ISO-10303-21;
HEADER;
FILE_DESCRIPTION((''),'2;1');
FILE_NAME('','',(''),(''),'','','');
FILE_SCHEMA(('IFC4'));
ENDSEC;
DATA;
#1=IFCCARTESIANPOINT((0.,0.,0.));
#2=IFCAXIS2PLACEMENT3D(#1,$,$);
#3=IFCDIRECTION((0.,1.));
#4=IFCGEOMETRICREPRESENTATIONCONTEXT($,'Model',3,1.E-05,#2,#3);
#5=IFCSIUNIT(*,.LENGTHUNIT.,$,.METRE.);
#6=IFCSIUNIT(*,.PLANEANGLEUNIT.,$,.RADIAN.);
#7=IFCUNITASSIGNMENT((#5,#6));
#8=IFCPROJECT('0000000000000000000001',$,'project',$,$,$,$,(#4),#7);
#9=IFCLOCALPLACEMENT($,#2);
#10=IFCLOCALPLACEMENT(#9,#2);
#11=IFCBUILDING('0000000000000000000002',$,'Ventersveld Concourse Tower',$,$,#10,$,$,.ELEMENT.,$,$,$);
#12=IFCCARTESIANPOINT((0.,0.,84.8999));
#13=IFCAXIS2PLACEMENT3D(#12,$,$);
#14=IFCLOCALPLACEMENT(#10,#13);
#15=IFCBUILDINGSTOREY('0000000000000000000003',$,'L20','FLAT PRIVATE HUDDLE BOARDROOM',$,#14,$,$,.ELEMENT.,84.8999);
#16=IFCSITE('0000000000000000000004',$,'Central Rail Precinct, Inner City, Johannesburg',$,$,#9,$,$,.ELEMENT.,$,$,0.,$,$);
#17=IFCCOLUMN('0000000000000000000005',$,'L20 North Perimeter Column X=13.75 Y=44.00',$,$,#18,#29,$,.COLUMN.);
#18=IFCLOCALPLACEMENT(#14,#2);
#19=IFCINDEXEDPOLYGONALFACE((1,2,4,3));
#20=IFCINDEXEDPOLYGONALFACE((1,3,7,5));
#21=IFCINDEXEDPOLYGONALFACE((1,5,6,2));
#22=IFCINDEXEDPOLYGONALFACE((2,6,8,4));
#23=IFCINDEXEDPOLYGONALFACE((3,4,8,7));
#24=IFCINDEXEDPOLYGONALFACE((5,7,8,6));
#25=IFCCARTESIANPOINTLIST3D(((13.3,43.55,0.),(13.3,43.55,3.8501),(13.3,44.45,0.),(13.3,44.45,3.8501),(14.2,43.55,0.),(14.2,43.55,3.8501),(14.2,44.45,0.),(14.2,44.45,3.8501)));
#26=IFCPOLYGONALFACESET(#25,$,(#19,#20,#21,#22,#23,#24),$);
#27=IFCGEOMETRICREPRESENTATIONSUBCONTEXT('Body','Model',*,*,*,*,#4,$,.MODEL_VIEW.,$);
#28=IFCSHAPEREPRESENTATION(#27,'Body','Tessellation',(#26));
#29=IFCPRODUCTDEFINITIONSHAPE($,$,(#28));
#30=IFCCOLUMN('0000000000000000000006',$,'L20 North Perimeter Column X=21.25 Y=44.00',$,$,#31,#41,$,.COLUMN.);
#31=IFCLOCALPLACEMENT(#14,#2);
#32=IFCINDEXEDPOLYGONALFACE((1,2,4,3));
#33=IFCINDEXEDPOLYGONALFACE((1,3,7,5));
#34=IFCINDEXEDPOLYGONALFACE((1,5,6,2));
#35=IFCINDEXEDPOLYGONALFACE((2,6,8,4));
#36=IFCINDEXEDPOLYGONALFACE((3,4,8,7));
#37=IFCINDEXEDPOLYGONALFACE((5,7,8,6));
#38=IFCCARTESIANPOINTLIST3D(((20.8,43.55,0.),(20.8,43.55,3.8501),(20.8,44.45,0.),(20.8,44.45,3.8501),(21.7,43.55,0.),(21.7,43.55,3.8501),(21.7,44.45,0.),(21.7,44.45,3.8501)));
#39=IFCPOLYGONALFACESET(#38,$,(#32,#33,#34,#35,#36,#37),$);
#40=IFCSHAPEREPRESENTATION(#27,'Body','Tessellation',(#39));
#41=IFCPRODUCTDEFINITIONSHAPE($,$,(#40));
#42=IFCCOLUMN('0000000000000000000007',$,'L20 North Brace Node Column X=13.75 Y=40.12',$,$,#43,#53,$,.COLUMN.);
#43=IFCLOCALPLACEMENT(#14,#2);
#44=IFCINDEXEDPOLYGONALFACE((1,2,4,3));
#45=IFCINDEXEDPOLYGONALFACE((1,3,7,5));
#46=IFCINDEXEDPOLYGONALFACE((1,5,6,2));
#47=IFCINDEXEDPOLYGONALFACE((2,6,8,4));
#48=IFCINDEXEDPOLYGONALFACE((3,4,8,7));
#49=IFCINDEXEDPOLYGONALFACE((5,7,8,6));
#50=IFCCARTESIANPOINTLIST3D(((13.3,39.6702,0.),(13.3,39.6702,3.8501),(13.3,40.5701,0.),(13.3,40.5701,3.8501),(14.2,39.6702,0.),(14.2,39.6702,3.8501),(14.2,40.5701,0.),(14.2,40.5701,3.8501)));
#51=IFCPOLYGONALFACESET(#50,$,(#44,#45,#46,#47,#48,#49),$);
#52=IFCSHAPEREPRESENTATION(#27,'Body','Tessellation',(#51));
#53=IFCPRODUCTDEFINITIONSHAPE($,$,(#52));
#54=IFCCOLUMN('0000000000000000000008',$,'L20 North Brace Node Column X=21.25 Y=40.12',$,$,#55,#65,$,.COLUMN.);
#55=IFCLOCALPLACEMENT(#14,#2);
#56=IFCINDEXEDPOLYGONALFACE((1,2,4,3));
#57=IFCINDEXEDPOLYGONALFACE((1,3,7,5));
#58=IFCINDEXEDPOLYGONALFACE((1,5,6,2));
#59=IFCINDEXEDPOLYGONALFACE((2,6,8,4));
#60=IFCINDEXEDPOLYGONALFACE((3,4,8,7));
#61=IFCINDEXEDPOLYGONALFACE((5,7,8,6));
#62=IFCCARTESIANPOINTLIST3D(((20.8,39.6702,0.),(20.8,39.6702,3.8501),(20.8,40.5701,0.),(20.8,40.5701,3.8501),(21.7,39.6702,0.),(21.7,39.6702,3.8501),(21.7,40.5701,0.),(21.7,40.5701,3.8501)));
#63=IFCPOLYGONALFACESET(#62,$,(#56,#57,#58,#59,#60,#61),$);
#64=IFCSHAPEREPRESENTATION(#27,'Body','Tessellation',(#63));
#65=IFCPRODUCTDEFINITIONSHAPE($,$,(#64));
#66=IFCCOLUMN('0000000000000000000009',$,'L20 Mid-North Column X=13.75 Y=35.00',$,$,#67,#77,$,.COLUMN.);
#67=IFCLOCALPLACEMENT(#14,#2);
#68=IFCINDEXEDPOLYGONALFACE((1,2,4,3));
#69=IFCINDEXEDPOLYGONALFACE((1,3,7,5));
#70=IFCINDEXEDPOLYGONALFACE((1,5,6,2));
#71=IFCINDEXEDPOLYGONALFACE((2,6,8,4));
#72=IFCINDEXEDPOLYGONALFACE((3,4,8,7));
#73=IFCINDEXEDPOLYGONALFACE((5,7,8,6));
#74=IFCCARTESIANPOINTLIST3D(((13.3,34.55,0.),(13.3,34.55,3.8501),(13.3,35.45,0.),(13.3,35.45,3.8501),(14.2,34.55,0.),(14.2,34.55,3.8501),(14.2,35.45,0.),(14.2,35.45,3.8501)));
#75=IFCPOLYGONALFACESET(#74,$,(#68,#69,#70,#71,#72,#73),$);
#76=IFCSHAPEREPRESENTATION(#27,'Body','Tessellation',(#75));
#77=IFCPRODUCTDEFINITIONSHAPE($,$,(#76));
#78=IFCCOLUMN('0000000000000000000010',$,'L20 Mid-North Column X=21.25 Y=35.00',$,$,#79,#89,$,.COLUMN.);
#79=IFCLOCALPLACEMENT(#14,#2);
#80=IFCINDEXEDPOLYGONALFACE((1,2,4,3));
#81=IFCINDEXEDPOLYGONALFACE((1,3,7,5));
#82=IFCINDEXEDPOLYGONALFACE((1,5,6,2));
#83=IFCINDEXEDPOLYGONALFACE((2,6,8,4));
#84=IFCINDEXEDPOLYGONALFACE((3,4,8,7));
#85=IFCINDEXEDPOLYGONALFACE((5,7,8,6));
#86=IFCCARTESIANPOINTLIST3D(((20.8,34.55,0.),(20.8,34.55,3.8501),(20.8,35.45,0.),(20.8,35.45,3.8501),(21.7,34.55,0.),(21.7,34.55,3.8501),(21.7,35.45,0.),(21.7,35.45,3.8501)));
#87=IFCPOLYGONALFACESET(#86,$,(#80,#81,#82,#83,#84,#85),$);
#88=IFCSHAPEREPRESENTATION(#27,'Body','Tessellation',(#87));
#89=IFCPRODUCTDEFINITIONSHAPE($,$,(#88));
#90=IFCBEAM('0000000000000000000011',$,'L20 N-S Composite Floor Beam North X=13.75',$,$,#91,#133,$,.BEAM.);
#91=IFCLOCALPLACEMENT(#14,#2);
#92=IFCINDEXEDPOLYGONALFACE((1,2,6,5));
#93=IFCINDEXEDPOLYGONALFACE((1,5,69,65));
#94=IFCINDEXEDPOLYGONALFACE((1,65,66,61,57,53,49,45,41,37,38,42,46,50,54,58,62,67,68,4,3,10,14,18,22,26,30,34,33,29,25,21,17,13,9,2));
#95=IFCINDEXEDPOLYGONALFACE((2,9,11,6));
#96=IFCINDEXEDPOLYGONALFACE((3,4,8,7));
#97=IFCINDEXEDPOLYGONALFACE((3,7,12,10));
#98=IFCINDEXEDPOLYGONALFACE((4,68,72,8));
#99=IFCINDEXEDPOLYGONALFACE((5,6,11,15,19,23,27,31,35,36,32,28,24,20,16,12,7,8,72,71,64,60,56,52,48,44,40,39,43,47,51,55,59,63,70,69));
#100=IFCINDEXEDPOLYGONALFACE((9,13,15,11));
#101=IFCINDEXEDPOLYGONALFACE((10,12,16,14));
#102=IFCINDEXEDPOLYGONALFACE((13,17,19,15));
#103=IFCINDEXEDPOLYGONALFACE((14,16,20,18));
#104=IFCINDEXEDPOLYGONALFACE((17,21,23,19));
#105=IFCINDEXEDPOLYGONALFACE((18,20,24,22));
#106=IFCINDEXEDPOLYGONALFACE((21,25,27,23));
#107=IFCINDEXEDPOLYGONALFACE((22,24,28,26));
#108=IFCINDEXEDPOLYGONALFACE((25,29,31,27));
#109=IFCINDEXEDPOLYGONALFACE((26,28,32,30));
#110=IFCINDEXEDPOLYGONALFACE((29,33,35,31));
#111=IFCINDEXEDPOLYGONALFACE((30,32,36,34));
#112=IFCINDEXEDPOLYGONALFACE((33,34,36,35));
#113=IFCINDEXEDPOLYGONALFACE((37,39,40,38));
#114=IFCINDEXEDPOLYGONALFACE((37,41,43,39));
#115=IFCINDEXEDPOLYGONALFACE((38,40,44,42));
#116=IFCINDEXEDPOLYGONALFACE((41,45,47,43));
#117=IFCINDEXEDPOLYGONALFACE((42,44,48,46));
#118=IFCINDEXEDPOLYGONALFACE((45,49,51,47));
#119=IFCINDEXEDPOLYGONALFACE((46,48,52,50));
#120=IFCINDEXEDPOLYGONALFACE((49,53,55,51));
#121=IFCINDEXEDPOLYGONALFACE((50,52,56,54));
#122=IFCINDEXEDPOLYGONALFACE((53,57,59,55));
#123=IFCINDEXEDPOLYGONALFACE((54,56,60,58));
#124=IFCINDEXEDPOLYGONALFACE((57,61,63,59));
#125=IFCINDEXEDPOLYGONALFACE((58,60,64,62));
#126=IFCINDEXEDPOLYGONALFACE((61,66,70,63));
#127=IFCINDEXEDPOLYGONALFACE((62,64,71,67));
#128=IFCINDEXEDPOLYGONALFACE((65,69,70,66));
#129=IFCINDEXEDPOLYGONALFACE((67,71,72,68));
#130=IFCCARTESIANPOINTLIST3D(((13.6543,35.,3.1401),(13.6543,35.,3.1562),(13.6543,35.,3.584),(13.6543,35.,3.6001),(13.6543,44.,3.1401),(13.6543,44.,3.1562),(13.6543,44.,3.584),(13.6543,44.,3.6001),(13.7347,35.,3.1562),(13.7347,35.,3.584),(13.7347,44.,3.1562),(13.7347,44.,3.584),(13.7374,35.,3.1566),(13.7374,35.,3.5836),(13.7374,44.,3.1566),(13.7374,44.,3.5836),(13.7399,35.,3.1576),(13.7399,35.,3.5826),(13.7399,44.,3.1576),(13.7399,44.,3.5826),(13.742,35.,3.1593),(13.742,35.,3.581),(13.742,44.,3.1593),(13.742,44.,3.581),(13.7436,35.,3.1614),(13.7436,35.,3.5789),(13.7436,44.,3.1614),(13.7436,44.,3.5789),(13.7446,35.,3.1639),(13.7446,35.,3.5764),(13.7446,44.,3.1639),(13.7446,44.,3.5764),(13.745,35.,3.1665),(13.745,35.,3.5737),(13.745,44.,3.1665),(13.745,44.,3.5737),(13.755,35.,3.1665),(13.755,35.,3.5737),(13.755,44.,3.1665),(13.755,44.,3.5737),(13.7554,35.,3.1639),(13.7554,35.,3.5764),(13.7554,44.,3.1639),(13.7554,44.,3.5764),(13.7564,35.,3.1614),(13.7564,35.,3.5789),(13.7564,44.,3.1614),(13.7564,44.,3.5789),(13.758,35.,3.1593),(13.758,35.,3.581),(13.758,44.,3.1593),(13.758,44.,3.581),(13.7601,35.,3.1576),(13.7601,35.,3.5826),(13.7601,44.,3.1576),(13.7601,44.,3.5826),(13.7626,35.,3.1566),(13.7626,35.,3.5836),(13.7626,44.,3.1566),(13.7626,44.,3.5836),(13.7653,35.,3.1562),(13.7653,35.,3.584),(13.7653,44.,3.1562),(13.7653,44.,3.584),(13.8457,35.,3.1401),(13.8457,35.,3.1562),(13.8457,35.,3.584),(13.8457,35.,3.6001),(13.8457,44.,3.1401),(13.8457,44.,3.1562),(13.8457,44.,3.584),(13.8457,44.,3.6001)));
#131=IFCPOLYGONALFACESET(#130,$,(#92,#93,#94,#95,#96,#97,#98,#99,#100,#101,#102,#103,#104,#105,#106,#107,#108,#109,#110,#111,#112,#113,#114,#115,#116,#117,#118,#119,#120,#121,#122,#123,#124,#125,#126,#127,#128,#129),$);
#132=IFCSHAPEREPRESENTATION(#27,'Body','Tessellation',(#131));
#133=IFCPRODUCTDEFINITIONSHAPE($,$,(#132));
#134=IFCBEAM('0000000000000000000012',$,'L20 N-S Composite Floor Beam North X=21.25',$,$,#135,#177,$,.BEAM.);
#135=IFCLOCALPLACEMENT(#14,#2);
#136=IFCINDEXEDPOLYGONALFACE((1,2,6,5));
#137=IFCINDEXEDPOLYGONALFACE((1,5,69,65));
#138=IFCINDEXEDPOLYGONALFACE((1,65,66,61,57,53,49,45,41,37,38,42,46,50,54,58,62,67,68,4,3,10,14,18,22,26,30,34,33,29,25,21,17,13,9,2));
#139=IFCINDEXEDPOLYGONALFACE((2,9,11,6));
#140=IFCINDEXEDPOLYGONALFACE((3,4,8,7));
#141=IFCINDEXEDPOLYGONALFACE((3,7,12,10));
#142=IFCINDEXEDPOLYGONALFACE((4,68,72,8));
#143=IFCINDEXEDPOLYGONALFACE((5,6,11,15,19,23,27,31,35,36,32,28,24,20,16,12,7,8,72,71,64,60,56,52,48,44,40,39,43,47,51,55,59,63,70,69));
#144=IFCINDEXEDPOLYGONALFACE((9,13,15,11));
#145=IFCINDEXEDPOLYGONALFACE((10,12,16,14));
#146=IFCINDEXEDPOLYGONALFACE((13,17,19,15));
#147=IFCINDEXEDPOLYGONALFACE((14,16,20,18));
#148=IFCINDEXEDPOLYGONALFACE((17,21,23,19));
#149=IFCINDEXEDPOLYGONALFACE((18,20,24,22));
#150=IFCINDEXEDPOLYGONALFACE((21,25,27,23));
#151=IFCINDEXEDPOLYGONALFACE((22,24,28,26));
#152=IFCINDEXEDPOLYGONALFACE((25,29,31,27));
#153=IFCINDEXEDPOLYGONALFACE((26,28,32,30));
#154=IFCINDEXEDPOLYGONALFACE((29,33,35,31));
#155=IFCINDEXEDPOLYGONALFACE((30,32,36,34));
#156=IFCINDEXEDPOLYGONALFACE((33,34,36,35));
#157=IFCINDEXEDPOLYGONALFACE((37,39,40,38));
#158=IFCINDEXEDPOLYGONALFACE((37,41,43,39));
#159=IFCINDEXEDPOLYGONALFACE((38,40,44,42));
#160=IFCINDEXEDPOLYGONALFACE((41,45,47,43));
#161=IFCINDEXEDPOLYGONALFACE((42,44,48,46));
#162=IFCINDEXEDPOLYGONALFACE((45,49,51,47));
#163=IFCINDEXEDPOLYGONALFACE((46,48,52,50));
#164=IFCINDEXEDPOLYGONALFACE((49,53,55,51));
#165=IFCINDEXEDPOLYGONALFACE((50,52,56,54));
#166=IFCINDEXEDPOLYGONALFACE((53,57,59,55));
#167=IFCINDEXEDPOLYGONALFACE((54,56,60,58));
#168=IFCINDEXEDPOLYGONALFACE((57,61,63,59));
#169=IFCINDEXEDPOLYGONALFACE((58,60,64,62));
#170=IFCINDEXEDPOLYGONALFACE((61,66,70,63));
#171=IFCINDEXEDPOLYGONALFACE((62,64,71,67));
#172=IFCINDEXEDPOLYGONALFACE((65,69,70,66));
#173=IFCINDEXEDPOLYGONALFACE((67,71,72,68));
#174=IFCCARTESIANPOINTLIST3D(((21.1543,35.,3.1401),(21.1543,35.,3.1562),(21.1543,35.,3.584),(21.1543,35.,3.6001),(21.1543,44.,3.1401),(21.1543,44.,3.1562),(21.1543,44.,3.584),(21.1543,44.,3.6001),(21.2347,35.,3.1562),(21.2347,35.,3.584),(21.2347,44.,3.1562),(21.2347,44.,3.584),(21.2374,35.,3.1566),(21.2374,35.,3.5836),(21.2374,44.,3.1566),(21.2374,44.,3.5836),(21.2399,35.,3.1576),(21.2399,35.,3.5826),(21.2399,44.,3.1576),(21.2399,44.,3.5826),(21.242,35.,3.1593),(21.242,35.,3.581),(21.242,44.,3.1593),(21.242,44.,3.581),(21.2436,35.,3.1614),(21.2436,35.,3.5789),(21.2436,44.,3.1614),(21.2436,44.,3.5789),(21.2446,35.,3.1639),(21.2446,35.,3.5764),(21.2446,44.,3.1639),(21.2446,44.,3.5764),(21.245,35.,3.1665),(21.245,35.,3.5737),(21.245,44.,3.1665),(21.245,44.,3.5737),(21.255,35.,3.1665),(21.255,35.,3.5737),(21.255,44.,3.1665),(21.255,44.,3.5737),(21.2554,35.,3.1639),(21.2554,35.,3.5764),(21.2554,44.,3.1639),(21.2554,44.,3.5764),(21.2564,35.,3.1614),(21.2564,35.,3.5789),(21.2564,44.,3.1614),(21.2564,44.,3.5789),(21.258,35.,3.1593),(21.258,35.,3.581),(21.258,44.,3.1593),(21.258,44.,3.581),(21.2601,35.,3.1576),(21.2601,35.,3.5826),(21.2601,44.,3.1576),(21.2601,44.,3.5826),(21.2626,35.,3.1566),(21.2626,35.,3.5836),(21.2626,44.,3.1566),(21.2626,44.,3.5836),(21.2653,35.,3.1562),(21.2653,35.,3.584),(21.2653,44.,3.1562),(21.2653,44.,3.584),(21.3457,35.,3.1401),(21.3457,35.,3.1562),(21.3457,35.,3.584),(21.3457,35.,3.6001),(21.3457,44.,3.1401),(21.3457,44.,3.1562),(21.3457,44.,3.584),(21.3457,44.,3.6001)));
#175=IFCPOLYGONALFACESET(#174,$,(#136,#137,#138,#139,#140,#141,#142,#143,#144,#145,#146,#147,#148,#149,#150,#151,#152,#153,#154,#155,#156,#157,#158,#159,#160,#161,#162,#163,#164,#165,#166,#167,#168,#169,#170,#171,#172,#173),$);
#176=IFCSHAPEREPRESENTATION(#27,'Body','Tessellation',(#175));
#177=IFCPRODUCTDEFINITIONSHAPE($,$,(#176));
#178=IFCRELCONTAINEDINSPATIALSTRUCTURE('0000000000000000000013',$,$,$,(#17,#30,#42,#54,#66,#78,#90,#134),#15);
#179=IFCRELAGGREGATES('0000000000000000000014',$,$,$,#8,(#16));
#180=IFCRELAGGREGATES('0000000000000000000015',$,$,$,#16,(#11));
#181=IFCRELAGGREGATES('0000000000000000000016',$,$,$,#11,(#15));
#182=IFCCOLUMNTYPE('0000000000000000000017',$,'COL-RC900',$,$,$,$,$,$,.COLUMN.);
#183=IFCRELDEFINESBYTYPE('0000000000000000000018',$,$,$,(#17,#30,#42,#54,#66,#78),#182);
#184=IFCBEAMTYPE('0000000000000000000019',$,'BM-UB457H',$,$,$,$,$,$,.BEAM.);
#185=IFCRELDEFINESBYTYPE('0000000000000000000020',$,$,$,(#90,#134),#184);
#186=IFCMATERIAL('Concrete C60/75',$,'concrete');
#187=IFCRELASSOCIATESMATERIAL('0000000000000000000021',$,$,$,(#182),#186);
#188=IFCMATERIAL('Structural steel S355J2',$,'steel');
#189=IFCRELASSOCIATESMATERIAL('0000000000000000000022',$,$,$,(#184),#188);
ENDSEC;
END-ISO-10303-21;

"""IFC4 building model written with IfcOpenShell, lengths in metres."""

from ifc_helpers import new_model, si_unit, direction, frame, origin, origin_2d, place, context, subcontext, project, spatial, rectangle, i_section, extrude, material, material_profile, profile_set, type_object, element, save


model = new_model("IFC4")

# Units and contexts
model_context = context("Model", 3, precision=1e-05, world=origin(), true_north=direction((0.0, 1.0)))
body_context = subcontext(model_context, "Body", "Model", "MODEL_VIEW")
ifc_project = project(units=[si_unit("LENGTHUNIT", "METRE"), si_unit("PLANEANGLEUNIT", "RADIAN")], contexts=[model_context])

# Site, building, storey
site_placement = place(None, origin())
site = spatial("IfcSite", under=ifc_project, at=site_placement, Name="Central Rail Precinct, Inner City, Johannesburg", CompositionType="ELEMENT", RefElevation=0.0)
building_placement = place(site_placement, origin())
building = spatial("IfcBuilding", under=site, at=building_placement, Name="Ventersveld Concourse Tower", CompositionType="ELEMENT")
storey_placement = place(building_placement, frame((0.0, 0.0, 84.8999)))
storey = spatial("IfcBuildingStorey", under=building, at=storey_placement, Name="L20", Description="FLAT PRIVATE HUDDLE BOARDROOM", CompositionType="ELEMENT", Elevation=84.8999)

# Columns
ifc_material_1 = material(Name="Concrete C60/75", Category="concrete")
ifc_material_profile_1 = material_profile(ifc_material_1, rectangle(XDim=0.8999, YDim=0.8999, at=origin_2d()), Name="RC 900x900")
ifc_profile_set_1 = profile_set([ifc_material_profile_1], Name="Concrete C60/75")
column_type = type_object("IfcColumnType", Name="COL-RC900", PredefinedType="COLUMN", material=ifc_profile_set_1)
for number, where, z_axis, x_axis, name in (
    (1, (13.75, 44.0, 0.0), (0.0, 0.0, 1.0), (1.0, 0.0, 0.0), "L20 North Perimeter Column X=13.75 Y=44.00"),
    (2, (21.25, 44.0, 0.0), (0.0, 0.0, 1.0), (1.0, 0.0, 0.0), "L20 North Perimeter Column X=21.25 Y=44.00"),
    (3, (13.75, 40.1201, 0.0), (0.0, 0.0, 1.0), (1.0, 0.0, 0.0), "L20 North Brace Node Column X=13.75 Y=40.12"),
    (4, (21.25, 40.1201, 0.0), (0.0, 0.0, 1.0), (1.0, 0.0, 0.0), "L20 North Brace Node Column X=21.25 Y=40.12"),
    (5, (13.75, 35.0, 0.0), (0.0, 0.0, 1.0), (1.0, 0.0, 0.0), "L20 Mid-North Column X=13.75 Y=35.00"),
    (6, (21.25, 35.0, 0.0), (0.0, 0.0, 1.0), (1.0, 0.0, 0.0), "L20 Mid-North Column X=21.25 Y=35.00"),
):
    element("IfcColumn", number, at=place(storey_placement, frame(where, z_axis=z_axis, x_axis=x_axis)), inside=storey, type_object=column_type, Name=name, PredefinedType="COLUMN", context=body_context, shape_type="SweptSolid", body=[
        extrude(rectangle(XDim=0.8999, YDim=0.8999, at=origin_2d()), origin(), (0.0, 0.0, 1.0), 3.8501),
    ])

# Beams
ifc_material_2 = material(Name="Structural steel S355J2", Category="steel")
ifc_material_profile_2 = material_profile(ifc_material_2, i_section(OverallWidth=0.1914, OverallDepth=0.46, WebThickness=0.01, FlangeThickness=0.0161, FilletRadius=0.0103, at=origin_2d()), Name="UB 457x191x82")
ifc_profile_set_2 = profile_set([ifc_material_profile_2], Name="Structural steel S355J2")
beam_type_1 = type_object("IfcBeamType", Name="BM-UB457H", PredefinedType="BEAM", material=ifc_profile_set_2)
for number, where, z_axis, x_axis, name in (
    (7, (13.75, 35.0, 3.3701), (0.0, 1.0, 0.0), (-1.0, 0.0, 0.0), "L20 N-S Composite Floor Beam North X=13.75"),
    (8, (21.25, 35.0, 3.3701), (0.0, 1.0, 0.0), (-1.0, 0.0, 0.0), "L20 N-S Composite Floor Beam North X=21.25"),
):
    element("IfcBeam", number, at=place(storey_placement, frame(where, z_axis=z_axis, x_axis=x_axis)), inside=storey, type_object=beam_type_1, Name=name, PredefinedType="BEAM", context=body_context, shape_type="SweptSolid", body=[
        extrude(i_section(OverallWidth=0.1914, OverallDepth=0.46, WebThickness=0.01, FlangeThickness=0.0161, FilletRadius=0.0103, at=origin_2d()), origin(), (0.0, 0.0, 1.0), 9.0),
    ])

save(model, "model.ifc")
